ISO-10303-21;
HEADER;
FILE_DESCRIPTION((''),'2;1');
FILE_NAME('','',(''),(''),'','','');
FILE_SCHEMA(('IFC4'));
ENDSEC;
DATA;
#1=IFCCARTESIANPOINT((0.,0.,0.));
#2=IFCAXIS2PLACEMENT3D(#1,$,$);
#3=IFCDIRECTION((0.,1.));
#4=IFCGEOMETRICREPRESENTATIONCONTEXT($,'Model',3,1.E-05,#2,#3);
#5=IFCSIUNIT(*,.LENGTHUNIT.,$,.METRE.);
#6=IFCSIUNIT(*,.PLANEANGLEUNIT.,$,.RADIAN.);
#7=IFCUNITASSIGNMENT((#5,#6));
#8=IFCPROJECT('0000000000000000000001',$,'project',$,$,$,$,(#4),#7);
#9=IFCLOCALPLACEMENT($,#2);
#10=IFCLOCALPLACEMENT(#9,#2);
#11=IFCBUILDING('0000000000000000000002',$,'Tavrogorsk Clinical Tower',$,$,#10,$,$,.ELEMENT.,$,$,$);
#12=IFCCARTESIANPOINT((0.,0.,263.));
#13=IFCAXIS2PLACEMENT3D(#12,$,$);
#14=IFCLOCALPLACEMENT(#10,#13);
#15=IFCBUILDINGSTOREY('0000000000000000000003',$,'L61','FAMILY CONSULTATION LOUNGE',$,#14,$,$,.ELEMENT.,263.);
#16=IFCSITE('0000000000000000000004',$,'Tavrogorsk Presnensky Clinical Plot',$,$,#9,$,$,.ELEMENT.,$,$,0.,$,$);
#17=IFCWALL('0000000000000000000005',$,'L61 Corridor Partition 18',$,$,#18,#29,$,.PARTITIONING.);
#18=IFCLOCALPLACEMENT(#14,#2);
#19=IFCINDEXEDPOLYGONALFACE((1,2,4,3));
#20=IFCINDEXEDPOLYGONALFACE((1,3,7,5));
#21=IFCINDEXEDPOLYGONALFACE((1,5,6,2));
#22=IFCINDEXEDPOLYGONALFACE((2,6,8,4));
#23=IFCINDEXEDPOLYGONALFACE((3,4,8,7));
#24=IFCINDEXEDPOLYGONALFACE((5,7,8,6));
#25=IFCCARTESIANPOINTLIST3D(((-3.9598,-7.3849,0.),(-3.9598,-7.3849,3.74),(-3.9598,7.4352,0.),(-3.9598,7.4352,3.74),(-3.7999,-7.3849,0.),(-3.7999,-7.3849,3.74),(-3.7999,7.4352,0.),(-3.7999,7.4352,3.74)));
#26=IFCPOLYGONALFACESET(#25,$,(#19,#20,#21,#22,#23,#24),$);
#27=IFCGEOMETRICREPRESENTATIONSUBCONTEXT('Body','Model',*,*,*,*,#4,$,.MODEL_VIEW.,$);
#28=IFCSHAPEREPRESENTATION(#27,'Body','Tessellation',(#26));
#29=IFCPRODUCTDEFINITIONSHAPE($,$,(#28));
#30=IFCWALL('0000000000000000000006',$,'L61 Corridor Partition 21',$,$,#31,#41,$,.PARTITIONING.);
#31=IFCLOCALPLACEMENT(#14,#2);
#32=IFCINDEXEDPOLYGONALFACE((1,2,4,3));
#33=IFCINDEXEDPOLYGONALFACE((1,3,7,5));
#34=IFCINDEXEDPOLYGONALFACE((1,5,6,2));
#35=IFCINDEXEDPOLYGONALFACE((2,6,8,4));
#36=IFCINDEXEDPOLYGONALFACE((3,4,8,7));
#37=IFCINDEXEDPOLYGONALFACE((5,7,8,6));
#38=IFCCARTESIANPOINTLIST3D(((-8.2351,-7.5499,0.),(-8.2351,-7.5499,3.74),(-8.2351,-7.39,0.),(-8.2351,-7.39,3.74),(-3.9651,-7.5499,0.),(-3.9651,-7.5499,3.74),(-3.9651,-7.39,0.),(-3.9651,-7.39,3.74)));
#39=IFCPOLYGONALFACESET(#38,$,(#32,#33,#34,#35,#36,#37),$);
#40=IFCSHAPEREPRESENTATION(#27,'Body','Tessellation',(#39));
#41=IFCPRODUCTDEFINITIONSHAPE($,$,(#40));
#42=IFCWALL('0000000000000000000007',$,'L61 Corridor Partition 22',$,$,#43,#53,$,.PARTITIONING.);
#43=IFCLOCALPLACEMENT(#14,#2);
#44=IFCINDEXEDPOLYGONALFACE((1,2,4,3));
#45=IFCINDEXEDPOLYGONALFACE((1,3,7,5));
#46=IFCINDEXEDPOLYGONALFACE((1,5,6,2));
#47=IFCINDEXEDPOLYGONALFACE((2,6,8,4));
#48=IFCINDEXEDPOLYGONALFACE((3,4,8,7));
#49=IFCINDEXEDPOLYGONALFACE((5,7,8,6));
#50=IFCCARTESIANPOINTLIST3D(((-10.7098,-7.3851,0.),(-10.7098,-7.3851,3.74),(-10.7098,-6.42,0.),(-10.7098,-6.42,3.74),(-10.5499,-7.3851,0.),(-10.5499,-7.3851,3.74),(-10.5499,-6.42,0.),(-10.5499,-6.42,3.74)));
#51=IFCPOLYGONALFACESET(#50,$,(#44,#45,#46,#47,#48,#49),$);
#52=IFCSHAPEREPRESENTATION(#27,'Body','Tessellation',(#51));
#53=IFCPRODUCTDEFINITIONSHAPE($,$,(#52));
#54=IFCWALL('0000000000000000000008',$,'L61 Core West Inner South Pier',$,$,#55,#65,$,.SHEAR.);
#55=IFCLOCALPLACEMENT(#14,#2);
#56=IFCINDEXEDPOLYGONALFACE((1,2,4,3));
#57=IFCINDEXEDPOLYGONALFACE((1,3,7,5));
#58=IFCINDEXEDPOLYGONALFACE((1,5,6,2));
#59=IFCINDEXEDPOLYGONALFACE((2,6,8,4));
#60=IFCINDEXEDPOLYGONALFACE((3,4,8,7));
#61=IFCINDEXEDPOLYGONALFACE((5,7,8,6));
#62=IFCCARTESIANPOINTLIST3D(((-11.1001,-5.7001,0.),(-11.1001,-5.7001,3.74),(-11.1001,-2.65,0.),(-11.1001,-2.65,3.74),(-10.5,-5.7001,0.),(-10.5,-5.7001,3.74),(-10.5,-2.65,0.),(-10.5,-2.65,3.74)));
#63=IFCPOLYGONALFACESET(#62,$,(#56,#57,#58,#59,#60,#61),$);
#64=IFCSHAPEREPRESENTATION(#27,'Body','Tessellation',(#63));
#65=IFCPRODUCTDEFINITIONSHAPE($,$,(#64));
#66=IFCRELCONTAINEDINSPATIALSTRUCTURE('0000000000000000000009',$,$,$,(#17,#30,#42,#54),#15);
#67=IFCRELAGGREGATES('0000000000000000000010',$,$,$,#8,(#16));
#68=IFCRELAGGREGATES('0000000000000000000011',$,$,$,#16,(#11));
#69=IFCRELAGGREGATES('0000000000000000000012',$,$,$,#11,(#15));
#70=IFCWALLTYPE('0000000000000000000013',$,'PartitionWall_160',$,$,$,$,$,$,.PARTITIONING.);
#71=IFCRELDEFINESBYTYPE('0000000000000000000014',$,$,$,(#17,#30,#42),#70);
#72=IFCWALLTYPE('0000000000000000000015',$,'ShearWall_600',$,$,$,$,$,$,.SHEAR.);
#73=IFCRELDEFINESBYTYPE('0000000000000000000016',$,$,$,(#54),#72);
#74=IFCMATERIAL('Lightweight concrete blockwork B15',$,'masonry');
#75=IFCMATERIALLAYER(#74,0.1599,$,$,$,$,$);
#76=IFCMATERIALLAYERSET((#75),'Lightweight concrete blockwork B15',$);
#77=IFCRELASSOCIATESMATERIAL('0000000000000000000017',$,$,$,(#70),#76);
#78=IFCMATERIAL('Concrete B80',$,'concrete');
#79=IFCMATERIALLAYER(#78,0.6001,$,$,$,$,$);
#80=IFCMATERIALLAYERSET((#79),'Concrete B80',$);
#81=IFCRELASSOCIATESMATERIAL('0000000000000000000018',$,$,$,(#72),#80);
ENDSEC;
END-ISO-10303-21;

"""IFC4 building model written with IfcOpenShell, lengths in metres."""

from ifc_helpers import new_model, si_unit, direction, frame, frame_2d, origin, place, context, subcontext, project, spatial, rectangle, extrude, material, layer, layer_set, type_object, element, save


model = new_model("IFC4")

# Units and contexts
model_context = context("Model", 3, precision=1e-05, world=origin(), true_north=direction((0.0, 1.0)))
body_context = subcontext(model_context, "Body", "Model", "MODEL_VIEW")
ifc_project = project(units=[si_unit("LENGTHUNIT", "METRE"), si_unit("PLANEANGLEUNIT", "RADIAN")], contexts=[model_context])

# Site, building, storey
site_placement = place(None, origin())
site = spatial("IfcSite", under=ifc_project, at=site_placement, Name="Tavrogorsk Presnensky Clinical Plot", CompositionType="ELEMENT", RefElevation=0.0)
building_placement = place(site_placement, origin())
building = spatial("IfcBuilding", under=site, at=building_placement, Name="Tavrogorsk Clinical Tower", CompositionType="ELEMENT")
storey_placement = place(building_placement, frame((0.0, 0.0, 263.0)))
storey = spatial("IfcBuildingStorey", under=building, at=storey_placement, Name="L61", Description="FAMILY CONSULTATION LOUNGE", CompositionType="ELEMENT", Elevation=263.0)

# Shared definitions
ifc_material_1 = material(Name="Lightweight concrete blockwork B15", Category="masonry")
ifc_layer_1 = layer(ifc_material_1, 0.1599)
ifc_layer_set_1 = layer_set([ifc_layer_1], Name="Lightweight concrete blockwork B15")
wall_type_1 = type_object("IfcWallType", Name="PartitionWall_160", PredefinedType="PARTITIONING", material=ifc_layer_set_1)

# Walls
wall_1_placement = place(storey_placement, frame((-3.8799, -7.385, 0.0), z_axis=(0.0, 0.0, 1.0), x_axis=(0.0, 1.0, 0.0)))
element("IfcWall", 1, at=wall_1_placement, inside=storey, type_object=wall_type_1, Name="L61 Corridor Partition 18", PredefinedType="PARTITIONING", context=body_context, shape_type="SweptSolid", body=[
    extrude(rectangle(XDim=14.8201, YDim=0.1599, at=frame_2d((7.4102, 0.0))), origin(), (0.0, 0.0, 1.0), 3.74),
])
wall_2_placement = place(storey_placement, frame((-8.2351, -7.47, 0.0), z_axis=(0.0, 0.0, 1.0), x_axis=(1.0, 0.0, 0.0)))
element("IfcWall", 2, at=wall_2_placement, inside=storey, type_object=wall_type_1, Name="L61 Corridor Partition 21", PredefinedType="PARTITIONING", context=body_context, shape_type="SweptSolid", body=[
    extrude(rectangle(XDim=4.27, YDim=0.1599, at=frame_2d((2.135, 0.0))), origin(), (0.0, 0.0, 1.0), 3.74),
])
wall_3_placement = place(storey_placement, frame((-10.6299, -7.385, 0.0), z_axis=(0.0, 0.0, 1.0), x_axis=(0.0, 1.0, 0.0)))
element("IfcWall", 3, at=wall_3_placement, inside=storey, type_object=wall_type_1, Name="L61 Corridor Partition 22", PredefinedType="PARTITIONING", context=body_context, shape_type="SweptSolid", body=[
    extrude(rectangle(XDim=0.9651, YDim=0.1599, at=frame_2d((0.4824, 0.0))), origin(), (0.0, 0.0, 1.0), 3.74),
])
ifc_material_2 = material(Name="Concrete B80", Category="concrete")
ifc_layer_2 = layer(ifc_material_2, 0.6001)
ifc_layer_set_2 = layer_set([ifc_layer_2], Name="Concrete B80")
wall_type_2 = type_object("IfcWallType", Name="ShearWall_600", PredefinedType="SHEAR", material=ifc_layer_set_2)
wall_4_placement = place(storey_placement, frame((-10.8, -5.7, 0.0), z_axis=(0.0, 0.0, 1.0), x_axis=(0.0, 1.0, 0.0)))
element("IfcWall", 4, at=wall_4_placement, inside=storey, type_object=wall_type_2, Name="L61 Core West Inner South Pier", PredefinedType="SHEAR", context=body_context, shape_type="SweptSolid", body=[
    extrude(rectangle(XDim=3.05, YDim=0.6001, at=frame_2d((1.5249, 0.0))), origin(), (0.0, 0.0, 1.0), 3.74),
])

save(model, "model.ifc")
